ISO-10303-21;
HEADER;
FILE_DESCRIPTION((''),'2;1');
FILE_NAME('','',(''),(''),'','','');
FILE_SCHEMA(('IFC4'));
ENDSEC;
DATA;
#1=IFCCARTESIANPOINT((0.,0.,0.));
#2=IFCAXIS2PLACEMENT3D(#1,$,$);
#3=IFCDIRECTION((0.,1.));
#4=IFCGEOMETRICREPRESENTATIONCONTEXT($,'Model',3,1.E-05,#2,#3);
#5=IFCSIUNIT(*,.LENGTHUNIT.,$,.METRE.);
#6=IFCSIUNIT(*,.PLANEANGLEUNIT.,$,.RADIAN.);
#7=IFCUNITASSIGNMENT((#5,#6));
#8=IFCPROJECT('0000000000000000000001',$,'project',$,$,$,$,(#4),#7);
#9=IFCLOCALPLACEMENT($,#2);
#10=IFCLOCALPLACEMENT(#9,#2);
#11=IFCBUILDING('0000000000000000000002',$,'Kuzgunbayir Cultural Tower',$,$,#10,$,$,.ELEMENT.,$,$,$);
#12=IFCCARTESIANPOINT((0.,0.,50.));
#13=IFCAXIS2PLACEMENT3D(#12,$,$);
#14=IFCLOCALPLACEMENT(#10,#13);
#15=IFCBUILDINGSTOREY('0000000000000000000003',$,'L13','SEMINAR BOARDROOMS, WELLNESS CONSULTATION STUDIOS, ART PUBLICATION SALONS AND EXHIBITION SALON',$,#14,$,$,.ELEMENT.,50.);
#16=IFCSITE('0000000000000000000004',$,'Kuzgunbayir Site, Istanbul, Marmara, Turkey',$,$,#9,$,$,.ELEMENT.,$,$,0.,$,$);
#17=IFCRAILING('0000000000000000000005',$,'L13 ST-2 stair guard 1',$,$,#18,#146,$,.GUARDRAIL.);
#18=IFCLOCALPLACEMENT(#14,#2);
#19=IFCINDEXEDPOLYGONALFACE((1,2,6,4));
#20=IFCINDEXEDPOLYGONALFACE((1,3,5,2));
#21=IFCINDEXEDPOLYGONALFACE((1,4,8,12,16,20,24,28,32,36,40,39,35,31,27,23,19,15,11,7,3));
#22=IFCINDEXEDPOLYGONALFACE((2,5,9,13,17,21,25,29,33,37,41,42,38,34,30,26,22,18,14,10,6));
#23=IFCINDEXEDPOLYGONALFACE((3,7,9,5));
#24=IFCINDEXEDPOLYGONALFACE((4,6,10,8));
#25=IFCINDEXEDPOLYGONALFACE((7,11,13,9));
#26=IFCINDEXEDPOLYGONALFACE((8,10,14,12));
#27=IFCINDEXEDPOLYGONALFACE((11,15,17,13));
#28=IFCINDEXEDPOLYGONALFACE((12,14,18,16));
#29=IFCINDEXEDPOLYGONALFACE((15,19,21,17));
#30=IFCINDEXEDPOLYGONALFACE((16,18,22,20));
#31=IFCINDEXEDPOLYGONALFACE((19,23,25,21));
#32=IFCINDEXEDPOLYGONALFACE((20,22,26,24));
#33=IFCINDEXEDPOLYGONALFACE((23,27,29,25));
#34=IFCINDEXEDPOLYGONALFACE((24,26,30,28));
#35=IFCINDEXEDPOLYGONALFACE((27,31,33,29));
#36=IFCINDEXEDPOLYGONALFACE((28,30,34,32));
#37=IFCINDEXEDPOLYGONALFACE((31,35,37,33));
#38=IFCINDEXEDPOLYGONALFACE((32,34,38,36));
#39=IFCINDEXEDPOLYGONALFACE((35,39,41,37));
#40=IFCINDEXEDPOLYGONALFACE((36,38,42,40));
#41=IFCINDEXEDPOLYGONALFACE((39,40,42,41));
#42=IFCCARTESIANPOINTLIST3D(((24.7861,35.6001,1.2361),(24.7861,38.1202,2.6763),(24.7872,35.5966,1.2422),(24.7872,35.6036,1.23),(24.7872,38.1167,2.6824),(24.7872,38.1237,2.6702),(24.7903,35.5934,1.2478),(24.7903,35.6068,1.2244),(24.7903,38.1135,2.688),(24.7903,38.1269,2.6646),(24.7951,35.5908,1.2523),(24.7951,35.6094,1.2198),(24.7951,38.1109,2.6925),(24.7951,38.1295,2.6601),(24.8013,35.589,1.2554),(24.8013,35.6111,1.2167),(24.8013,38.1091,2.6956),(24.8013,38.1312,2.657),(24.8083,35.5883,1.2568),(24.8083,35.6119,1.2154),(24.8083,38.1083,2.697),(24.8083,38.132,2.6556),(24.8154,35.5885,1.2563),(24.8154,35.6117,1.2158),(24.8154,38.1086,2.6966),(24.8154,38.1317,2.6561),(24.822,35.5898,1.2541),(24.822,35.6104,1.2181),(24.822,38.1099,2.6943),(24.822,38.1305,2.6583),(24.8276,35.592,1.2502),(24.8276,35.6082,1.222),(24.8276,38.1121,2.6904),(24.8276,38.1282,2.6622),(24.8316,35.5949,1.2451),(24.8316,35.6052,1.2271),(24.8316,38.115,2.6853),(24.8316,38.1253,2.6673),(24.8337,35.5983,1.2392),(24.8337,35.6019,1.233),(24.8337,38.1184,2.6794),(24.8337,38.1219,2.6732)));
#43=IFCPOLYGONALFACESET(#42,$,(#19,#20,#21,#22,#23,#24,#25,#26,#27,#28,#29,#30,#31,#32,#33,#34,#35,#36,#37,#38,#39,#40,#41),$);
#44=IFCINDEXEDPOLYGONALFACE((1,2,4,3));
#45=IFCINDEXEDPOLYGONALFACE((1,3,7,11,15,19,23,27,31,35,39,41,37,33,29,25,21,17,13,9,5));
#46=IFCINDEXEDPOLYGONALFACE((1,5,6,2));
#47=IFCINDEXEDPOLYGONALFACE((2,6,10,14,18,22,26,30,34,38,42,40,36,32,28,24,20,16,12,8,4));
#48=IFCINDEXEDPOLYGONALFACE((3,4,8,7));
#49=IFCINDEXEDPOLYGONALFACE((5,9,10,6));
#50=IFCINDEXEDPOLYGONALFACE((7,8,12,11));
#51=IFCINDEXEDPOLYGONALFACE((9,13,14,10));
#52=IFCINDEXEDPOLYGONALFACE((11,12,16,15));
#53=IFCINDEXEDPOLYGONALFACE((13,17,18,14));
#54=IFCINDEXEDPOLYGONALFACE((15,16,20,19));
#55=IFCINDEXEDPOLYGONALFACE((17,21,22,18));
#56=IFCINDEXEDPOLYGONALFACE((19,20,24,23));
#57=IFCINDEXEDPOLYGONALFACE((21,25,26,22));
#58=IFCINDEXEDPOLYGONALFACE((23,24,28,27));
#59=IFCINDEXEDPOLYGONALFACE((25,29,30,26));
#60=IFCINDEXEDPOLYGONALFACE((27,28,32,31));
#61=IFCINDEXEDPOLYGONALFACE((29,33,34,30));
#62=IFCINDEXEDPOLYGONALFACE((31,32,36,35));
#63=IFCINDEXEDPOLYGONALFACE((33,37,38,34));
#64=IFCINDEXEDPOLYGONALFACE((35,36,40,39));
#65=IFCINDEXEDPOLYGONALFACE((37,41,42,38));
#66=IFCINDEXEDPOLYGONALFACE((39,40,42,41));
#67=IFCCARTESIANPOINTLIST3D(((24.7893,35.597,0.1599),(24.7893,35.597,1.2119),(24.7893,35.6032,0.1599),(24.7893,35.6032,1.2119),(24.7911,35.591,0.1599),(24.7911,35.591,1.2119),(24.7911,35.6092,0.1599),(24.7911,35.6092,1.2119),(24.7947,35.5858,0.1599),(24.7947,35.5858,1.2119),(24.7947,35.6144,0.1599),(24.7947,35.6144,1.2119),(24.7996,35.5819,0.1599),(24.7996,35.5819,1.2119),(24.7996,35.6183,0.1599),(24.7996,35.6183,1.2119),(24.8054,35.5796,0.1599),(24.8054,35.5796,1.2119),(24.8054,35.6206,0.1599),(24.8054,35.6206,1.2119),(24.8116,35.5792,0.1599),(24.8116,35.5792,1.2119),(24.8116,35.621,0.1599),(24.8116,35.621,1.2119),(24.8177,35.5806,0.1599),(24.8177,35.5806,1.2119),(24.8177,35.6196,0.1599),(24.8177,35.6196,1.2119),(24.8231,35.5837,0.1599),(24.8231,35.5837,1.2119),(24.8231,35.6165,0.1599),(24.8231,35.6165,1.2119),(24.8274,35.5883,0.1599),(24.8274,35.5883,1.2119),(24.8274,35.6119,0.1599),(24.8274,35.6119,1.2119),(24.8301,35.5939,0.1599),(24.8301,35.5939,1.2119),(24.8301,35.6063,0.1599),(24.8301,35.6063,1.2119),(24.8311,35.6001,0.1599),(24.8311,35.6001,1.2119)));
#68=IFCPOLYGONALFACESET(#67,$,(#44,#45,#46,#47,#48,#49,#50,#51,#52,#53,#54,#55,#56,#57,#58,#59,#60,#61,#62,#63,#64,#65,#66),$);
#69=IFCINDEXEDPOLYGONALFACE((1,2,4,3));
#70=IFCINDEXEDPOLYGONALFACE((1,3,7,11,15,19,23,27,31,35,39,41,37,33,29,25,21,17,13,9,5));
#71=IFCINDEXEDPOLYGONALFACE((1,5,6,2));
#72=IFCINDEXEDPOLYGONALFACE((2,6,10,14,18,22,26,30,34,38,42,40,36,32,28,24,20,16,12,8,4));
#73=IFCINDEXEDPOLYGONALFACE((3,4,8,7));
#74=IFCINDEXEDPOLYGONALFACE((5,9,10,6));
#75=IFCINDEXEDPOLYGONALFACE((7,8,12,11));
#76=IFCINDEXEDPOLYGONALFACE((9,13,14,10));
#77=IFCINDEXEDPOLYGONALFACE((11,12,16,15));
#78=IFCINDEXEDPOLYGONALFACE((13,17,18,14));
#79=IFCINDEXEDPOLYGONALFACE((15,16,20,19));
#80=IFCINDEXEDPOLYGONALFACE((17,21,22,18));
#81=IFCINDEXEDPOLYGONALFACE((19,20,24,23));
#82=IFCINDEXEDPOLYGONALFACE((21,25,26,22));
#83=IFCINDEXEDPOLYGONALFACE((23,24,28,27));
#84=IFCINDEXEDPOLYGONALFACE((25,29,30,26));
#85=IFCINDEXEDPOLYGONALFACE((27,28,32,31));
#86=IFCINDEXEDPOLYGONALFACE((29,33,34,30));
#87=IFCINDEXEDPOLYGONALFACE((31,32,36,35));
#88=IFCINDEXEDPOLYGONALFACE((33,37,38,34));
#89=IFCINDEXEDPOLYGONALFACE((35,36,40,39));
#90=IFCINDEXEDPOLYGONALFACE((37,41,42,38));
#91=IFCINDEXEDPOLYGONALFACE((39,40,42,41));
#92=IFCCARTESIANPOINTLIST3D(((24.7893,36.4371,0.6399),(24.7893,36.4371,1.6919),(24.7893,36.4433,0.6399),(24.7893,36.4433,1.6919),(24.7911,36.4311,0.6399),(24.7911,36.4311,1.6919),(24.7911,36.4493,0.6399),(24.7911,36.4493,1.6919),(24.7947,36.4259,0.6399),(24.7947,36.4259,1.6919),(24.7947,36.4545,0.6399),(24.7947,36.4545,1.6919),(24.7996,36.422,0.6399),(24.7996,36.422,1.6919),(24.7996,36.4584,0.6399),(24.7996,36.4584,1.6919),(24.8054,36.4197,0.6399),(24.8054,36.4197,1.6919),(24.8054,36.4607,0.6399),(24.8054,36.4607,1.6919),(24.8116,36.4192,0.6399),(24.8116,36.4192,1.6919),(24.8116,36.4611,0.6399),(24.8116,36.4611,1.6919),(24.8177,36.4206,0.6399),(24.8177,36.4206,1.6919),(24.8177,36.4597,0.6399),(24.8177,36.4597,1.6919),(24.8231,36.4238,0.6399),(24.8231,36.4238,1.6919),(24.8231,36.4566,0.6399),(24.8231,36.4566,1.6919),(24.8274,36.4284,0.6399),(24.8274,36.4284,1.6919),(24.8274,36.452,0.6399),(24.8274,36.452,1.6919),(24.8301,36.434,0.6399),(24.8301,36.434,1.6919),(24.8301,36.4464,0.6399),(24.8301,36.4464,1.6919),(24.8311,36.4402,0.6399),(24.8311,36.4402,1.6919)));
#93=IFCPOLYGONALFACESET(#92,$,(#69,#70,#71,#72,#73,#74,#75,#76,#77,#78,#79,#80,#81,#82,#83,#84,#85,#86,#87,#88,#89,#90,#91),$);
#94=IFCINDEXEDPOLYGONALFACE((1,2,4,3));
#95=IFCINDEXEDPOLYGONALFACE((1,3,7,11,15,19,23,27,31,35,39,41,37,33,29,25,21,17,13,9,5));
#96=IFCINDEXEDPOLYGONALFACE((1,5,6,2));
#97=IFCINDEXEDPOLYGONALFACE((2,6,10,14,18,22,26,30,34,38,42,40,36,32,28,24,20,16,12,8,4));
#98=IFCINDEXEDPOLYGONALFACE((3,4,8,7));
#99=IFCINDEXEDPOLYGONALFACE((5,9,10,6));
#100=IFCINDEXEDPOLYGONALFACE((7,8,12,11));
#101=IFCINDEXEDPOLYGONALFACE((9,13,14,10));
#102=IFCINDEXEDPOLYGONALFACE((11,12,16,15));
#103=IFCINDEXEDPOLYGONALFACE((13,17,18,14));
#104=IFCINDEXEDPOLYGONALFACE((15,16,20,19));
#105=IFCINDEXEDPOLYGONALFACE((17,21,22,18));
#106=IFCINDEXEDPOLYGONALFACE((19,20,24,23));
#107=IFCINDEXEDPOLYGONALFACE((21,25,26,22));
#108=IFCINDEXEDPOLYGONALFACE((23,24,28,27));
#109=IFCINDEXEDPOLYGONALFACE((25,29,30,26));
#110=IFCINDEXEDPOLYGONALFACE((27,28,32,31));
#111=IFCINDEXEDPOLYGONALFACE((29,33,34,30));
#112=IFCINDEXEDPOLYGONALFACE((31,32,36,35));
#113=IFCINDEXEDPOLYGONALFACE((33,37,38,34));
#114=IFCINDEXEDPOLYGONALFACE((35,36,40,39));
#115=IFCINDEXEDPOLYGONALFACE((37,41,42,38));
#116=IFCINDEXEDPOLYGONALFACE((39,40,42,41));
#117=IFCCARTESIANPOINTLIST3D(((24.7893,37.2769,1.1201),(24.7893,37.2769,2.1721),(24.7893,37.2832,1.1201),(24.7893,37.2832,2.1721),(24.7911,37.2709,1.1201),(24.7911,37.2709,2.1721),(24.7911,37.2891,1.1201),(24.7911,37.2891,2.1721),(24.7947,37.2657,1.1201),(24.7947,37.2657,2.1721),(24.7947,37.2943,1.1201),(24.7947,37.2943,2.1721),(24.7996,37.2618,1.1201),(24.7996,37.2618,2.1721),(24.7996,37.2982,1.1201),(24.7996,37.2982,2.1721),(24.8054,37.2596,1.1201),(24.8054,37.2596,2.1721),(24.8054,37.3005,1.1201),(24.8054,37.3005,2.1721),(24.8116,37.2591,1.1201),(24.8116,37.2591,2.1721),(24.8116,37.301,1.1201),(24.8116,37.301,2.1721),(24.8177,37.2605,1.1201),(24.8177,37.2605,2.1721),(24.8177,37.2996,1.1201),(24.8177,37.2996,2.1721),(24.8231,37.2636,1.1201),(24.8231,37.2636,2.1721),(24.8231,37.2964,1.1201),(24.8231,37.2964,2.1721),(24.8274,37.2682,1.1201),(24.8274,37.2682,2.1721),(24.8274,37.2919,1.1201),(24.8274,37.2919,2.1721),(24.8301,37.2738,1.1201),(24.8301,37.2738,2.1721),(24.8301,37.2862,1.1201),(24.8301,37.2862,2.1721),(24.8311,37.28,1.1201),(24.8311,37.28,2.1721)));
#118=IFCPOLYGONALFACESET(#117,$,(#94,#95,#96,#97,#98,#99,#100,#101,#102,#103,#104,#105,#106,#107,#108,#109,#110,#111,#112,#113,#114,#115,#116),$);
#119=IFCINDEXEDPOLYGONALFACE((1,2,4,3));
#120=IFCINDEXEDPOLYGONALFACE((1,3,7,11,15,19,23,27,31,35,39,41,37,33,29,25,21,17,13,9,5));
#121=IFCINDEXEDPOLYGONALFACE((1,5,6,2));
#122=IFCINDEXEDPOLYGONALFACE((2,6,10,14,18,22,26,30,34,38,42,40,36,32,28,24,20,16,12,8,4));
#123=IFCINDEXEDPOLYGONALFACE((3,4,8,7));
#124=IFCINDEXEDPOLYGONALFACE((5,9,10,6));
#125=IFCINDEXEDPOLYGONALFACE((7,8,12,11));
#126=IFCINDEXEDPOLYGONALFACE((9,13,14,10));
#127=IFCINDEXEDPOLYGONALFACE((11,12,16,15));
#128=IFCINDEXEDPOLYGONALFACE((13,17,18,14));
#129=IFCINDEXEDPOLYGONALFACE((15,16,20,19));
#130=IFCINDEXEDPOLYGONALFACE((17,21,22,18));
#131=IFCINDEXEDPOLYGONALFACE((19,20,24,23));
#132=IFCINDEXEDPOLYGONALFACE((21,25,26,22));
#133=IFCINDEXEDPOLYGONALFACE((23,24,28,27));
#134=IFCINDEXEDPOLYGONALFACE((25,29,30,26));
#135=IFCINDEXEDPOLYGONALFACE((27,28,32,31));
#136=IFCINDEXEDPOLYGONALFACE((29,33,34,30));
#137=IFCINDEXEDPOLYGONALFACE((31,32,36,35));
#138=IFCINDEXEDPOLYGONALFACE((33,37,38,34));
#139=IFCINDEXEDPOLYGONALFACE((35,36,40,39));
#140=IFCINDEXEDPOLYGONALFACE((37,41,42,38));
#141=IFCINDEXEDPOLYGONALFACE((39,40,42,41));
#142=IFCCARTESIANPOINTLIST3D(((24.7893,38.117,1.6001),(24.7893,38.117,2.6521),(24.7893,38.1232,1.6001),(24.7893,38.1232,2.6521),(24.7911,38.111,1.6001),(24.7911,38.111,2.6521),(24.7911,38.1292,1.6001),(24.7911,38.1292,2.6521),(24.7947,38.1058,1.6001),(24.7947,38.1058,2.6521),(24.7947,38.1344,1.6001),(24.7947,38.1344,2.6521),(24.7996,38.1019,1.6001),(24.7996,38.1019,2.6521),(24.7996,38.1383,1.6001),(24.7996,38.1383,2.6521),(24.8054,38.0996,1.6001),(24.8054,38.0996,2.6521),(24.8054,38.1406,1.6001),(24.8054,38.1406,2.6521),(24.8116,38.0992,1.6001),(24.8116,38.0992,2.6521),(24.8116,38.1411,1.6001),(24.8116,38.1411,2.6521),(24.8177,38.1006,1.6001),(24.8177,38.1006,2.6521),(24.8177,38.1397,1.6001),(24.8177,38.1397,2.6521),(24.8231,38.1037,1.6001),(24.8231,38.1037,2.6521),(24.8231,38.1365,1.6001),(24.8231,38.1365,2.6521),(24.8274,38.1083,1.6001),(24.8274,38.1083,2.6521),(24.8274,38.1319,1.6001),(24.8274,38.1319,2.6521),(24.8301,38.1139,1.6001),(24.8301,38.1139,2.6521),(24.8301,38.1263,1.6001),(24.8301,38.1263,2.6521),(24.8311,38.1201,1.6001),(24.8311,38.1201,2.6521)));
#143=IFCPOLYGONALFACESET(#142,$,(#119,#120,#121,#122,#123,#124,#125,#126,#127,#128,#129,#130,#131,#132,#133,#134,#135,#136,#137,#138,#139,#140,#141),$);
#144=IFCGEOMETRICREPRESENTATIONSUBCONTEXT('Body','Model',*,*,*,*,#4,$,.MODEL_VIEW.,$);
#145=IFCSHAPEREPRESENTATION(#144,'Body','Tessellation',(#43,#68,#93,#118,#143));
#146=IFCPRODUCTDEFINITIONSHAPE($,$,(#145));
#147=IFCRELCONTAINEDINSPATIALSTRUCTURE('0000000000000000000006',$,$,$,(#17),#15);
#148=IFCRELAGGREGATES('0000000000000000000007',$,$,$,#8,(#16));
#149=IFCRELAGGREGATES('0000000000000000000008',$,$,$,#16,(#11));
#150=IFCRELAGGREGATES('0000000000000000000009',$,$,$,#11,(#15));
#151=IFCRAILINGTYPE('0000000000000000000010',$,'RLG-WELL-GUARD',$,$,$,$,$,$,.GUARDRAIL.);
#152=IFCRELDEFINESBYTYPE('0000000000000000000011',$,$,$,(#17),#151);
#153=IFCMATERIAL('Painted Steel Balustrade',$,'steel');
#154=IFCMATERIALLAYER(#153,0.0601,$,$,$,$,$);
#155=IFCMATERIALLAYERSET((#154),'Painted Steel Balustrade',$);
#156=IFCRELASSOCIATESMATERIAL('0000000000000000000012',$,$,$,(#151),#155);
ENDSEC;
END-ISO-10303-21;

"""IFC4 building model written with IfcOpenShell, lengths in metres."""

from ifc_helpers import new_model, si_unit, direction, frame, origin, origin_2d, place, context, subcontext, project, spatial, circle, extrude, material, layer, layer_set, type_object, element, save


model = new_model("IFC4")

# Units and contexts
model_context = context("Model", 3, precision=1e-05, world=origin(), true_north=direction((0.0, 1.0)))
body_context = subcontext(model_context, "Body", "Model", "MODEL_VIEW")
ifc_project = project(units=[si_unit("LENGTHUNIT", "METRE"), si_unit("PLANEANGLEUNIT", "RADIAN")], contexts=[model_context])

# Site, building, storey
site_placement = place(None, origin())
site = spatial("IfcSite", under=ifc_project, at=site_placement, Name="Kuzgunbayir Site, Istanbul, Marmara, Turkey", CompositionType="ELEMENT", RefElevation=0.0)
building_placement = place(site_placement, origin())
building = spatial("IfcBuilding", under=site, at=building_placement, Name="Kuzgunbayir Cultural Tower", CompositionType="ELEMENT")
storey_placement = place(building_placement, frame((0.0, 0.0, 50.0)))
storey = spatial("IfcBuildingStorey", under=building, at=storey_placement, Name="L13", Description="SEMINAR BOARDROOMS, WELLNESS CONSULTATION STUDIOS, ART PUBLICATION SALONS AND EXHIBITION SALON", CompositionType="ELEMENT", Elevation=50.0)

# Railing
ifc_material_1 = material(Name="Painted Steel Balustrade", Category="steel")
ifc_layer_1 = layer(ifc_material_1, 0.0601)
ifc_layer_set_1 = layer_set([ifc_layer_1], Name="Painted Steel Balustrade")
railing_type_1 = type_object("IfcRailingType", Name="RLG-WELL-GUARD", PredefinedType="GUARDRAIL", material=ifc_layer_set_1)
railing_1_placement = place(storey_placement, frame((24.8101, 35.6001, 0.1599)))
element("IfcRailing", 1, at=railing_1_placement, inside=storey, type_object=railing_type_1, Name="L13 ST-2 stair guard 1", PredefinedType="GUARDRAIL", context=body_context, shape_type="SweptSolid", body=[
    extrude(circle(Radius=0.0239, at=origin_2d()), frame((0.0, 0.0, 1.0762), z_axis=(0.0, 0.868217, 0.496184), x_axis=(-1.0, 0.0, 0.0)), (0.0, 0.0, 1.0), 2.9026),
    extrude(circle(Radius=0.021, at=origin_2d()), origin(), (0.0, 0.0, 1.0), 1.052),
    extrude(circle(Radius=0.021, at=origin_2d()), frame((0.0, 0.8401, 0.48)), (0.0, 0.0, 1.0), 1.052),
    extrude(circle(Radius=0.021, at=origin_2d()), frame((0.0, 1.6799, 0.9602)), (0.0, 0.0, 1.0), 1.052),
    extrude(circle(Radius=0.021, at=origin_2d()), frame((0.0, 2.52, 1.4402)), (0.0, 0.0, 1.0), 1.052),
])

save(model, "model.ifc")
